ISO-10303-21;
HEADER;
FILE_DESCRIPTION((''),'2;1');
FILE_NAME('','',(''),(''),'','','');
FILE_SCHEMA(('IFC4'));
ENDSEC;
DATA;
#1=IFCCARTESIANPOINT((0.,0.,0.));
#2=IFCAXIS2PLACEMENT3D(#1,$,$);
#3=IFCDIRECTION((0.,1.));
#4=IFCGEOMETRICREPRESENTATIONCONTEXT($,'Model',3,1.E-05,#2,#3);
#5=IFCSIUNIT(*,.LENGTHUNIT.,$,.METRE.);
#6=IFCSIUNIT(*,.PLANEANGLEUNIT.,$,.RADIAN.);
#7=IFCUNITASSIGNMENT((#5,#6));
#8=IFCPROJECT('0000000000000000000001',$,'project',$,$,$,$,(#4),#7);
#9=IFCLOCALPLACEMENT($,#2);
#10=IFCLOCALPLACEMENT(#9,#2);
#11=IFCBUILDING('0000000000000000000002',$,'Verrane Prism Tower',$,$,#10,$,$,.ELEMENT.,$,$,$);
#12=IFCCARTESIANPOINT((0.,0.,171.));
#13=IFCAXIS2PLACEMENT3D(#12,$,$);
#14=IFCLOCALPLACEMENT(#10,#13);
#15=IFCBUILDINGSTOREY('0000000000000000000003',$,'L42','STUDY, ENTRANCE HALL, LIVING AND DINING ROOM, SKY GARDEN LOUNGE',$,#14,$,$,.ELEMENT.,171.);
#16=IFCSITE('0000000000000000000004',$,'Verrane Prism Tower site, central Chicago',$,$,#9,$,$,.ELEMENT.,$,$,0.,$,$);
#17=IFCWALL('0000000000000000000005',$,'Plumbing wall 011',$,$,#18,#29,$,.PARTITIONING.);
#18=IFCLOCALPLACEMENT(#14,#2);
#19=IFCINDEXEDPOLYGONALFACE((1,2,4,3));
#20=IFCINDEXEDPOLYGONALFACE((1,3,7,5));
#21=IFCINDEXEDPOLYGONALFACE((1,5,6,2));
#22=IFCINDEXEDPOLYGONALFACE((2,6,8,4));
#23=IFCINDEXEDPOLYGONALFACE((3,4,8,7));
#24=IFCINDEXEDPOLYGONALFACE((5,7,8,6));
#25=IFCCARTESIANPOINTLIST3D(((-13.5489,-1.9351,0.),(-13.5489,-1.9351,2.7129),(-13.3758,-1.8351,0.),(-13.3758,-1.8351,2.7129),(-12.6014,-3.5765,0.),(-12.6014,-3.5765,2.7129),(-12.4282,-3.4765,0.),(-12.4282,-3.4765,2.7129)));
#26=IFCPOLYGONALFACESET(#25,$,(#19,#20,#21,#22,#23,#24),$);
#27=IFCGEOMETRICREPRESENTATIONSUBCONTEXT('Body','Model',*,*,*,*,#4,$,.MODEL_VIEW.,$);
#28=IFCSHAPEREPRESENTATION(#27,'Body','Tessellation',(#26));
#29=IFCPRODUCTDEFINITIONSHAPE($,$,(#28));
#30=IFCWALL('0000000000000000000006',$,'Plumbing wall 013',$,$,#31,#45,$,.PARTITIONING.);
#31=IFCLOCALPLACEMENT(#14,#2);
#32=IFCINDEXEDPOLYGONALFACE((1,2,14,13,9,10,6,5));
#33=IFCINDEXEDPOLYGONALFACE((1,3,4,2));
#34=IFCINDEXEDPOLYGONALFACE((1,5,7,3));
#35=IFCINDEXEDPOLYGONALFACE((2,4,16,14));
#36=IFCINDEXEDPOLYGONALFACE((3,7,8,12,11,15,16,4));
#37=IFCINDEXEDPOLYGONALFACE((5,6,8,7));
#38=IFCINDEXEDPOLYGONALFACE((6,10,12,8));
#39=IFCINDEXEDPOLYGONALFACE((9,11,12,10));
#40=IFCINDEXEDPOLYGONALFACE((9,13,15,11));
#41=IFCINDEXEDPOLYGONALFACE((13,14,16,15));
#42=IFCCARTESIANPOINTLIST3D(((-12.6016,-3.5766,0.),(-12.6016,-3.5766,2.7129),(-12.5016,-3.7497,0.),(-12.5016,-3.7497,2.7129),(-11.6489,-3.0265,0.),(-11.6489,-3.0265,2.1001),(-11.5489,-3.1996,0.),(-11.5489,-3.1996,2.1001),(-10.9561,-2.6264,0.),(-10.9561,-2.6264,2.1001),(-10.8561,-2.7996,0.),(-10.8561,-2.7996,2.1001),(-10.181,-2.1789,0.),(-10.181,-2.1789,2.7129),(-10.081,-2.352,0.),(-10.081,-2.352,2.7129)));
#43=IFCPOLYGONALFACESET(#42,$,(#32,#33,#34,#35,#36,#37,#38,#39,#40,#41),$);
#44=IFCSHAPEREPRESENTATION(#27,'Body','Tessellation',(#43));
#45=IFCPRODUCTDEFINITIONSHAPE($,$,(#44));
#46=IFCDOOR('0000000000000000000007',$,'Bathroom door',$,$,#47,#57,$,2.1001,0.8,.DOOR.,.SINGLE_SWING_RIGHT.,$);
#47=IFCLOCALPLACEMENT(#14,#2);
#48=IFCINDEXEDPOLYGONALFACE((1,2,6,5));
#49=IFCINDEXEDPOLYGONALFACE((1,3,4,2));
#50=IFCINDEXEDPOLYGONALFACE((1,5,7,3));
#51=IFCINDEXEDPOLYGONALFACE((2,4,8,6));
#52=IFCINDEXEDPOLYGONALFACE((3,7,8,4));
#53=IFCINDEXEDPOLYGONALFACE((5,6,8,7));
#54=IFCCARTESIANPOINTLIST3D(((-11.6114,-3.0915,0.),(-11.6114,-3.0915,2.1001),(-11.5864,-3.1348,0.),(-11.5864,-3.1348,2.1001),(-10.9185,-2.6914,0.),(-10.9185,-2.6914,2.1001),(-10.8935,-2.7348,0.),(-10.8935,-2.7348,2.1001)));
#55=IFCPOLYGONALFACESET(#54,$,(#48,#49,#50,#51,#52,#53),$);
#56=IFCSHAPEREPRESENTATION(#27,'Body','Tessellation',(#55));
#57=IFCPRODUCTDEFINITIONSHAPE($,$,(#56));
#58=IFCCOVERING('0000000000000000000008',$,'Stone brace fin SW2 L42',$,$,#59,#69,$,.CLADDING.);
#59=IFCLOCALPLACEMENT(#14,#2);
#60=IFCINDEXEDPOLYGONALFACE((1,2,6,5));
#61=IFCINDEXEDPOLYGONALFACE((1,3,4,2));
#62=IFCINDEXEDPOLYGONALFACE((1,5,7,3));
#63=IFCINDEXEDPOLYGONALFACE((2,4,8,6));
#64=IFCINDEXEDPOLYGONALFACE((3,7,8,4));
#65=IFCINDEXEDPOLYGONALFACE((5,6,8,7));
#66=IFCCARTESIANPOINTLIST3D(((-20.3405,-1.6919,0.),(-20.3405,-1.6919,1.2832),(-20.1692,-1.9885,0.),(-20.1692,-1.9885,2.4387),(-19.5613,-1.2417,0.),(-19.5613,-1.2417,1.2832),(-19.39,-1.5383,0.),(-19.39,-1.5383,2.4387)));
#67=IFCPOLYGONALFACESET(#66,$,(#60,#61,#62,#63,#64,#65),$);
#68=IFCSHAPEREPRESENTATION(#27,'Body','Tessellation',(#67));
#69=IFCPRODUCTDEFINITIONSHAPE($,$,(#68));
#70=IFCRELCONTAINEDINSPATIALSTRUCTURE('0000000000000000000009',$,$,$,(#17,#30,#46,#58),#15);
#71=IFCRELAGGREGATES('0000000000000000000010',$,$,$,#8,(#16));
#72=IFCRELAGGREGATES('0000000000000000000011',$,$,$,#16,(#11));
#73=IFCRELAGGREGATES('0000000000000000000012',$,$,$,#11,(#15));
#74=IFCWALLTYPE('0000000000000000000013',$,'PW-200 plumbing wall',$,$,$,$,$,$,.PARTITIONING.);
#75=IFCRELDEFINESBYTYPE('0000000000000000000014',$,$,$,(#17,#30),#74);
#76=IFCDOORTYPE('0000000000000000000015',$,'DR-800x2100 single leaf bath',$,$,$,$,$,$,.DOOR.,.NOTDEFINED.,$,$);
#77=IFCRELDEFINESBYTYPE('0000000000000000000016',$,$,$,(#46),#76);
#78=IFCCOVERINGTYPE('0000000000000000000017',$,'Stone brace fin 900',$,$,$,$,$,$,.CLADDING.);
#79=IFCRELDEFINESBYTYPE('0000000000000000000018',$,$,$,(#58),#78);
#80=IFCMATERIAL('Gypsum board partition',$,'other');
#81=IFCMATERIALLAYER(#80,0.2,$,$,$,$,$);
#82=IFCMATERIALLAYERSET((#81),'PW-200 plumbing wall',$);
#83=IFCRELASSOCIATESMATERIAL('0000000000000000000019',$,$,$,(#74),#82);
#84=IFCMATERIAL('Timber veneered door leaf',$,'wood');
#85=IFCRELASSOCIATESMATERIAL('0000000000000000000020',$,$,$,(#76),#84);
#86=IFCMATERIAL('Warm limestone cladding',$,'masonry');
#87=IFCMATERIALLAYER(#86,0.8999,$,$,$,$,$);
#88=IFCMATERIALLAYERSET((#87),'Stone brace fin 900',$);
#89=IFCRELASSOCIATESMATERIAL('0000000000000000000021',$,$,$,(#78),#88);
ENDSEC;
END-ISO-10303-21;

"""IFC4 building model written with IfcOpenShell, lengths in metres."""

from ifc_helpers import new_model, si_unit, direction, frame, frame_2d, origin, place, context, subcontext, project, spatial, polyline, rectangle, outline, extrude, material, layer, layer_set, type_object, element, fill, save


model = new_model("IFC4")

# Units and contexts
model_context = context("Model", 3, precision=1e-05, world=origin(), true_north=direction((0.0, 1.0)))
body_context = subcontext(model_context, "Body", "Model", "MODEL_VIEW")
ifc_project = project(units=[si_unit("LENGTHUNIT", "METRE"), si_unit("PLANEANGLEUNIT", "RADIAN")], contexts=[model_context])

# Site, building, storey
site_placement = place(None, origin())
site = spatial("IfcSite", under=ifc_project, at=site_placement, Name="Verrane Prism Tower site, central Chicago", CompositionType="ELEMENT", RefElevation=0.0)
building_placement = place(site_placement, origin())
building = spatial("IfcBuilding", under=site, at=building_placement, Name="Verrane Prism Tower", CompositionType="ELEMENT")
storey_placement = place(building_placement, frame((0.0, 0.0, 171.0)))
storey = spatial("IfcBuildingStorey", under=building, at=storey_placement, Name="L42", Description="STUDY, ENTRANCE HALL, LIVING AND DINING ROOM, SKY GARDEN LOUNGE", CompositionType="ELEMENT", Elevation=171.0)

# Wall
ifc_material_1 = material(Name="Gypsum board partition", Category="other")
ifc_layer_1 = layer(ifc_material_1, 0.2)
ifc_layer_set_1 = layer_set([ifc_layer_1], Name="PW-200 plumbing wall")
wall_type_1 = type_object("IfcWallType", Name="PW-200 plumbing wall", PredefinedType="PARTITIONING", material=ifc_layer_set_1)
wall_1_placement = place(storey_placement, frame((-13.4624, -1.885, 0.0), z_axis=(0.0, 0.0, 1.0), x_axis=(0.499949, -0.866055, 0.0)))
element("IfcWall", 1, at=wall_1_placement, inside=storey, type_object=wall_type_1, Name="Plumbing wall 011", PredefinedType="PARTITIONING", context=body_context, shape_type="SweptSolid", body=[
    extrude(rectangle(XDim=1.8953, YDim=0.2, at=frame_2d((0.9478, 0.0))), origin(), (0.0, 0.0, 1.0), 2.7129),
])

# Wall, opening, door
wall_2_placement = place(storey_placement, frame((-12.5515, -3.6631, 0.0), z_axis=(0.0, 0.0, 1.0), x_axis=(0.866004, 0.500037, 0.0)))
wall_2 = element("IfcWall", 2, at=wall_2_placement, inside=storey, type_object=wall_type_1, Name="Plumbing wall 013", PredefinedType="PARTITIONING", context=body_context, shape_type="SweptSolid", body=[
    extrude(rectangle(XDim=2.7952, YDim=0.2, at=frame_2d((1.3975, 0.0))), origin(), (0.0, 0.0, 1.0), 2.7129),
])
opening_placement = place(wall_2_placement, frame((1.1001, 0.0, 0.0)))
opening = element("IfcOpeningElement", 3, at=opening_placement, cuts=wall_2, PredefinedType="OPENING", context=body_context, shape_type="SweptSolid", body=[
    extrude(rectangle(XDim=0.8, YDim=2.1001, at=frame_2d((0.3999, 1.05))), frame((0.0, 0.1099, 0.0), z_axis=(0.0, -1.0, 0.0), x_axis=(1.0, 0.0, 0.0)), (0.0, 0.0, 1.0), 0.22),
])
ifc_material_2 = material(Name="Timber veneered door leaf", Category="wood")
door_type = type_object("IfcDoorType", Name="DR-800x2100 single leaf bath", OperationType="NOTDEFINED", PredefinedType="DOOR", material=ifc_material_2)
door_placement = place(opening_placement, origin())
door = element("IfcDoor", 4, at=door_placement, inside=storey, type_object=door_type, Name="Bathroom door", OperationType="SINGLE_SWING_RIGHT", OverallHeight=2.1001, OverallWidth=0.8, PredefinedType="DOOR", context=body_context, shape_type="SweptSolid", body=[
    extrude(rectangle(XDim=0.8, YDim=2.1001, at=frame_2d((0.3999, 1.05))), frame((0.0, 0.0249, 0.0), z_axis=(0.0, -1.0, 0.0), x_axis=(1.0, 0.0, 0.0)), (0.0, 0.0, 1.0), 0.05),
])
fill(opening, door)

# Covering
ifc_material_3 = material(Name="Warm limestone cladding", Category="masonry")
ifc_layer_2 = layer(ifc_material_3, 0.8999)
ifc_layer_set_2 = layer_set([ifc_layer_2], Name="Stone brace fin 900")
covering_type = type_object("IfcCoveringType", Name="Stone brace fin 900", PredefinedType="CLADDING", material=ifc_layer_set_2)
covering_placement = place(storey_placement, frame((-19.9509, -1.4668, 0.0), z_axis=(0.0, 0.0, 1.0), x_axis=(0.500278, -0.865865, 0.0)))
element("IfcCovering", 5, at=covering_placement, inside=storey, type_object=covering_type, Name="Stone brace fin SW2 L42", PredefinedType="CLADDING", context=body_context, shape_type="SweptSolid", body=[
    extrude(outline(polyline([(0.0, 0.0), (0.3425, 0.0), (0.3425, 2.4387), (0.0, 1.2832), (0.0, 0.0)])), frame((0.0, 0.45, 0.0), z_axis=(0.0, -1.0, 0.0), x_axis=(1.0, 0.0, 0.0)), (0.0, 0.0, 1.0), 0.8999),
])

save(model, "model.ifc")
